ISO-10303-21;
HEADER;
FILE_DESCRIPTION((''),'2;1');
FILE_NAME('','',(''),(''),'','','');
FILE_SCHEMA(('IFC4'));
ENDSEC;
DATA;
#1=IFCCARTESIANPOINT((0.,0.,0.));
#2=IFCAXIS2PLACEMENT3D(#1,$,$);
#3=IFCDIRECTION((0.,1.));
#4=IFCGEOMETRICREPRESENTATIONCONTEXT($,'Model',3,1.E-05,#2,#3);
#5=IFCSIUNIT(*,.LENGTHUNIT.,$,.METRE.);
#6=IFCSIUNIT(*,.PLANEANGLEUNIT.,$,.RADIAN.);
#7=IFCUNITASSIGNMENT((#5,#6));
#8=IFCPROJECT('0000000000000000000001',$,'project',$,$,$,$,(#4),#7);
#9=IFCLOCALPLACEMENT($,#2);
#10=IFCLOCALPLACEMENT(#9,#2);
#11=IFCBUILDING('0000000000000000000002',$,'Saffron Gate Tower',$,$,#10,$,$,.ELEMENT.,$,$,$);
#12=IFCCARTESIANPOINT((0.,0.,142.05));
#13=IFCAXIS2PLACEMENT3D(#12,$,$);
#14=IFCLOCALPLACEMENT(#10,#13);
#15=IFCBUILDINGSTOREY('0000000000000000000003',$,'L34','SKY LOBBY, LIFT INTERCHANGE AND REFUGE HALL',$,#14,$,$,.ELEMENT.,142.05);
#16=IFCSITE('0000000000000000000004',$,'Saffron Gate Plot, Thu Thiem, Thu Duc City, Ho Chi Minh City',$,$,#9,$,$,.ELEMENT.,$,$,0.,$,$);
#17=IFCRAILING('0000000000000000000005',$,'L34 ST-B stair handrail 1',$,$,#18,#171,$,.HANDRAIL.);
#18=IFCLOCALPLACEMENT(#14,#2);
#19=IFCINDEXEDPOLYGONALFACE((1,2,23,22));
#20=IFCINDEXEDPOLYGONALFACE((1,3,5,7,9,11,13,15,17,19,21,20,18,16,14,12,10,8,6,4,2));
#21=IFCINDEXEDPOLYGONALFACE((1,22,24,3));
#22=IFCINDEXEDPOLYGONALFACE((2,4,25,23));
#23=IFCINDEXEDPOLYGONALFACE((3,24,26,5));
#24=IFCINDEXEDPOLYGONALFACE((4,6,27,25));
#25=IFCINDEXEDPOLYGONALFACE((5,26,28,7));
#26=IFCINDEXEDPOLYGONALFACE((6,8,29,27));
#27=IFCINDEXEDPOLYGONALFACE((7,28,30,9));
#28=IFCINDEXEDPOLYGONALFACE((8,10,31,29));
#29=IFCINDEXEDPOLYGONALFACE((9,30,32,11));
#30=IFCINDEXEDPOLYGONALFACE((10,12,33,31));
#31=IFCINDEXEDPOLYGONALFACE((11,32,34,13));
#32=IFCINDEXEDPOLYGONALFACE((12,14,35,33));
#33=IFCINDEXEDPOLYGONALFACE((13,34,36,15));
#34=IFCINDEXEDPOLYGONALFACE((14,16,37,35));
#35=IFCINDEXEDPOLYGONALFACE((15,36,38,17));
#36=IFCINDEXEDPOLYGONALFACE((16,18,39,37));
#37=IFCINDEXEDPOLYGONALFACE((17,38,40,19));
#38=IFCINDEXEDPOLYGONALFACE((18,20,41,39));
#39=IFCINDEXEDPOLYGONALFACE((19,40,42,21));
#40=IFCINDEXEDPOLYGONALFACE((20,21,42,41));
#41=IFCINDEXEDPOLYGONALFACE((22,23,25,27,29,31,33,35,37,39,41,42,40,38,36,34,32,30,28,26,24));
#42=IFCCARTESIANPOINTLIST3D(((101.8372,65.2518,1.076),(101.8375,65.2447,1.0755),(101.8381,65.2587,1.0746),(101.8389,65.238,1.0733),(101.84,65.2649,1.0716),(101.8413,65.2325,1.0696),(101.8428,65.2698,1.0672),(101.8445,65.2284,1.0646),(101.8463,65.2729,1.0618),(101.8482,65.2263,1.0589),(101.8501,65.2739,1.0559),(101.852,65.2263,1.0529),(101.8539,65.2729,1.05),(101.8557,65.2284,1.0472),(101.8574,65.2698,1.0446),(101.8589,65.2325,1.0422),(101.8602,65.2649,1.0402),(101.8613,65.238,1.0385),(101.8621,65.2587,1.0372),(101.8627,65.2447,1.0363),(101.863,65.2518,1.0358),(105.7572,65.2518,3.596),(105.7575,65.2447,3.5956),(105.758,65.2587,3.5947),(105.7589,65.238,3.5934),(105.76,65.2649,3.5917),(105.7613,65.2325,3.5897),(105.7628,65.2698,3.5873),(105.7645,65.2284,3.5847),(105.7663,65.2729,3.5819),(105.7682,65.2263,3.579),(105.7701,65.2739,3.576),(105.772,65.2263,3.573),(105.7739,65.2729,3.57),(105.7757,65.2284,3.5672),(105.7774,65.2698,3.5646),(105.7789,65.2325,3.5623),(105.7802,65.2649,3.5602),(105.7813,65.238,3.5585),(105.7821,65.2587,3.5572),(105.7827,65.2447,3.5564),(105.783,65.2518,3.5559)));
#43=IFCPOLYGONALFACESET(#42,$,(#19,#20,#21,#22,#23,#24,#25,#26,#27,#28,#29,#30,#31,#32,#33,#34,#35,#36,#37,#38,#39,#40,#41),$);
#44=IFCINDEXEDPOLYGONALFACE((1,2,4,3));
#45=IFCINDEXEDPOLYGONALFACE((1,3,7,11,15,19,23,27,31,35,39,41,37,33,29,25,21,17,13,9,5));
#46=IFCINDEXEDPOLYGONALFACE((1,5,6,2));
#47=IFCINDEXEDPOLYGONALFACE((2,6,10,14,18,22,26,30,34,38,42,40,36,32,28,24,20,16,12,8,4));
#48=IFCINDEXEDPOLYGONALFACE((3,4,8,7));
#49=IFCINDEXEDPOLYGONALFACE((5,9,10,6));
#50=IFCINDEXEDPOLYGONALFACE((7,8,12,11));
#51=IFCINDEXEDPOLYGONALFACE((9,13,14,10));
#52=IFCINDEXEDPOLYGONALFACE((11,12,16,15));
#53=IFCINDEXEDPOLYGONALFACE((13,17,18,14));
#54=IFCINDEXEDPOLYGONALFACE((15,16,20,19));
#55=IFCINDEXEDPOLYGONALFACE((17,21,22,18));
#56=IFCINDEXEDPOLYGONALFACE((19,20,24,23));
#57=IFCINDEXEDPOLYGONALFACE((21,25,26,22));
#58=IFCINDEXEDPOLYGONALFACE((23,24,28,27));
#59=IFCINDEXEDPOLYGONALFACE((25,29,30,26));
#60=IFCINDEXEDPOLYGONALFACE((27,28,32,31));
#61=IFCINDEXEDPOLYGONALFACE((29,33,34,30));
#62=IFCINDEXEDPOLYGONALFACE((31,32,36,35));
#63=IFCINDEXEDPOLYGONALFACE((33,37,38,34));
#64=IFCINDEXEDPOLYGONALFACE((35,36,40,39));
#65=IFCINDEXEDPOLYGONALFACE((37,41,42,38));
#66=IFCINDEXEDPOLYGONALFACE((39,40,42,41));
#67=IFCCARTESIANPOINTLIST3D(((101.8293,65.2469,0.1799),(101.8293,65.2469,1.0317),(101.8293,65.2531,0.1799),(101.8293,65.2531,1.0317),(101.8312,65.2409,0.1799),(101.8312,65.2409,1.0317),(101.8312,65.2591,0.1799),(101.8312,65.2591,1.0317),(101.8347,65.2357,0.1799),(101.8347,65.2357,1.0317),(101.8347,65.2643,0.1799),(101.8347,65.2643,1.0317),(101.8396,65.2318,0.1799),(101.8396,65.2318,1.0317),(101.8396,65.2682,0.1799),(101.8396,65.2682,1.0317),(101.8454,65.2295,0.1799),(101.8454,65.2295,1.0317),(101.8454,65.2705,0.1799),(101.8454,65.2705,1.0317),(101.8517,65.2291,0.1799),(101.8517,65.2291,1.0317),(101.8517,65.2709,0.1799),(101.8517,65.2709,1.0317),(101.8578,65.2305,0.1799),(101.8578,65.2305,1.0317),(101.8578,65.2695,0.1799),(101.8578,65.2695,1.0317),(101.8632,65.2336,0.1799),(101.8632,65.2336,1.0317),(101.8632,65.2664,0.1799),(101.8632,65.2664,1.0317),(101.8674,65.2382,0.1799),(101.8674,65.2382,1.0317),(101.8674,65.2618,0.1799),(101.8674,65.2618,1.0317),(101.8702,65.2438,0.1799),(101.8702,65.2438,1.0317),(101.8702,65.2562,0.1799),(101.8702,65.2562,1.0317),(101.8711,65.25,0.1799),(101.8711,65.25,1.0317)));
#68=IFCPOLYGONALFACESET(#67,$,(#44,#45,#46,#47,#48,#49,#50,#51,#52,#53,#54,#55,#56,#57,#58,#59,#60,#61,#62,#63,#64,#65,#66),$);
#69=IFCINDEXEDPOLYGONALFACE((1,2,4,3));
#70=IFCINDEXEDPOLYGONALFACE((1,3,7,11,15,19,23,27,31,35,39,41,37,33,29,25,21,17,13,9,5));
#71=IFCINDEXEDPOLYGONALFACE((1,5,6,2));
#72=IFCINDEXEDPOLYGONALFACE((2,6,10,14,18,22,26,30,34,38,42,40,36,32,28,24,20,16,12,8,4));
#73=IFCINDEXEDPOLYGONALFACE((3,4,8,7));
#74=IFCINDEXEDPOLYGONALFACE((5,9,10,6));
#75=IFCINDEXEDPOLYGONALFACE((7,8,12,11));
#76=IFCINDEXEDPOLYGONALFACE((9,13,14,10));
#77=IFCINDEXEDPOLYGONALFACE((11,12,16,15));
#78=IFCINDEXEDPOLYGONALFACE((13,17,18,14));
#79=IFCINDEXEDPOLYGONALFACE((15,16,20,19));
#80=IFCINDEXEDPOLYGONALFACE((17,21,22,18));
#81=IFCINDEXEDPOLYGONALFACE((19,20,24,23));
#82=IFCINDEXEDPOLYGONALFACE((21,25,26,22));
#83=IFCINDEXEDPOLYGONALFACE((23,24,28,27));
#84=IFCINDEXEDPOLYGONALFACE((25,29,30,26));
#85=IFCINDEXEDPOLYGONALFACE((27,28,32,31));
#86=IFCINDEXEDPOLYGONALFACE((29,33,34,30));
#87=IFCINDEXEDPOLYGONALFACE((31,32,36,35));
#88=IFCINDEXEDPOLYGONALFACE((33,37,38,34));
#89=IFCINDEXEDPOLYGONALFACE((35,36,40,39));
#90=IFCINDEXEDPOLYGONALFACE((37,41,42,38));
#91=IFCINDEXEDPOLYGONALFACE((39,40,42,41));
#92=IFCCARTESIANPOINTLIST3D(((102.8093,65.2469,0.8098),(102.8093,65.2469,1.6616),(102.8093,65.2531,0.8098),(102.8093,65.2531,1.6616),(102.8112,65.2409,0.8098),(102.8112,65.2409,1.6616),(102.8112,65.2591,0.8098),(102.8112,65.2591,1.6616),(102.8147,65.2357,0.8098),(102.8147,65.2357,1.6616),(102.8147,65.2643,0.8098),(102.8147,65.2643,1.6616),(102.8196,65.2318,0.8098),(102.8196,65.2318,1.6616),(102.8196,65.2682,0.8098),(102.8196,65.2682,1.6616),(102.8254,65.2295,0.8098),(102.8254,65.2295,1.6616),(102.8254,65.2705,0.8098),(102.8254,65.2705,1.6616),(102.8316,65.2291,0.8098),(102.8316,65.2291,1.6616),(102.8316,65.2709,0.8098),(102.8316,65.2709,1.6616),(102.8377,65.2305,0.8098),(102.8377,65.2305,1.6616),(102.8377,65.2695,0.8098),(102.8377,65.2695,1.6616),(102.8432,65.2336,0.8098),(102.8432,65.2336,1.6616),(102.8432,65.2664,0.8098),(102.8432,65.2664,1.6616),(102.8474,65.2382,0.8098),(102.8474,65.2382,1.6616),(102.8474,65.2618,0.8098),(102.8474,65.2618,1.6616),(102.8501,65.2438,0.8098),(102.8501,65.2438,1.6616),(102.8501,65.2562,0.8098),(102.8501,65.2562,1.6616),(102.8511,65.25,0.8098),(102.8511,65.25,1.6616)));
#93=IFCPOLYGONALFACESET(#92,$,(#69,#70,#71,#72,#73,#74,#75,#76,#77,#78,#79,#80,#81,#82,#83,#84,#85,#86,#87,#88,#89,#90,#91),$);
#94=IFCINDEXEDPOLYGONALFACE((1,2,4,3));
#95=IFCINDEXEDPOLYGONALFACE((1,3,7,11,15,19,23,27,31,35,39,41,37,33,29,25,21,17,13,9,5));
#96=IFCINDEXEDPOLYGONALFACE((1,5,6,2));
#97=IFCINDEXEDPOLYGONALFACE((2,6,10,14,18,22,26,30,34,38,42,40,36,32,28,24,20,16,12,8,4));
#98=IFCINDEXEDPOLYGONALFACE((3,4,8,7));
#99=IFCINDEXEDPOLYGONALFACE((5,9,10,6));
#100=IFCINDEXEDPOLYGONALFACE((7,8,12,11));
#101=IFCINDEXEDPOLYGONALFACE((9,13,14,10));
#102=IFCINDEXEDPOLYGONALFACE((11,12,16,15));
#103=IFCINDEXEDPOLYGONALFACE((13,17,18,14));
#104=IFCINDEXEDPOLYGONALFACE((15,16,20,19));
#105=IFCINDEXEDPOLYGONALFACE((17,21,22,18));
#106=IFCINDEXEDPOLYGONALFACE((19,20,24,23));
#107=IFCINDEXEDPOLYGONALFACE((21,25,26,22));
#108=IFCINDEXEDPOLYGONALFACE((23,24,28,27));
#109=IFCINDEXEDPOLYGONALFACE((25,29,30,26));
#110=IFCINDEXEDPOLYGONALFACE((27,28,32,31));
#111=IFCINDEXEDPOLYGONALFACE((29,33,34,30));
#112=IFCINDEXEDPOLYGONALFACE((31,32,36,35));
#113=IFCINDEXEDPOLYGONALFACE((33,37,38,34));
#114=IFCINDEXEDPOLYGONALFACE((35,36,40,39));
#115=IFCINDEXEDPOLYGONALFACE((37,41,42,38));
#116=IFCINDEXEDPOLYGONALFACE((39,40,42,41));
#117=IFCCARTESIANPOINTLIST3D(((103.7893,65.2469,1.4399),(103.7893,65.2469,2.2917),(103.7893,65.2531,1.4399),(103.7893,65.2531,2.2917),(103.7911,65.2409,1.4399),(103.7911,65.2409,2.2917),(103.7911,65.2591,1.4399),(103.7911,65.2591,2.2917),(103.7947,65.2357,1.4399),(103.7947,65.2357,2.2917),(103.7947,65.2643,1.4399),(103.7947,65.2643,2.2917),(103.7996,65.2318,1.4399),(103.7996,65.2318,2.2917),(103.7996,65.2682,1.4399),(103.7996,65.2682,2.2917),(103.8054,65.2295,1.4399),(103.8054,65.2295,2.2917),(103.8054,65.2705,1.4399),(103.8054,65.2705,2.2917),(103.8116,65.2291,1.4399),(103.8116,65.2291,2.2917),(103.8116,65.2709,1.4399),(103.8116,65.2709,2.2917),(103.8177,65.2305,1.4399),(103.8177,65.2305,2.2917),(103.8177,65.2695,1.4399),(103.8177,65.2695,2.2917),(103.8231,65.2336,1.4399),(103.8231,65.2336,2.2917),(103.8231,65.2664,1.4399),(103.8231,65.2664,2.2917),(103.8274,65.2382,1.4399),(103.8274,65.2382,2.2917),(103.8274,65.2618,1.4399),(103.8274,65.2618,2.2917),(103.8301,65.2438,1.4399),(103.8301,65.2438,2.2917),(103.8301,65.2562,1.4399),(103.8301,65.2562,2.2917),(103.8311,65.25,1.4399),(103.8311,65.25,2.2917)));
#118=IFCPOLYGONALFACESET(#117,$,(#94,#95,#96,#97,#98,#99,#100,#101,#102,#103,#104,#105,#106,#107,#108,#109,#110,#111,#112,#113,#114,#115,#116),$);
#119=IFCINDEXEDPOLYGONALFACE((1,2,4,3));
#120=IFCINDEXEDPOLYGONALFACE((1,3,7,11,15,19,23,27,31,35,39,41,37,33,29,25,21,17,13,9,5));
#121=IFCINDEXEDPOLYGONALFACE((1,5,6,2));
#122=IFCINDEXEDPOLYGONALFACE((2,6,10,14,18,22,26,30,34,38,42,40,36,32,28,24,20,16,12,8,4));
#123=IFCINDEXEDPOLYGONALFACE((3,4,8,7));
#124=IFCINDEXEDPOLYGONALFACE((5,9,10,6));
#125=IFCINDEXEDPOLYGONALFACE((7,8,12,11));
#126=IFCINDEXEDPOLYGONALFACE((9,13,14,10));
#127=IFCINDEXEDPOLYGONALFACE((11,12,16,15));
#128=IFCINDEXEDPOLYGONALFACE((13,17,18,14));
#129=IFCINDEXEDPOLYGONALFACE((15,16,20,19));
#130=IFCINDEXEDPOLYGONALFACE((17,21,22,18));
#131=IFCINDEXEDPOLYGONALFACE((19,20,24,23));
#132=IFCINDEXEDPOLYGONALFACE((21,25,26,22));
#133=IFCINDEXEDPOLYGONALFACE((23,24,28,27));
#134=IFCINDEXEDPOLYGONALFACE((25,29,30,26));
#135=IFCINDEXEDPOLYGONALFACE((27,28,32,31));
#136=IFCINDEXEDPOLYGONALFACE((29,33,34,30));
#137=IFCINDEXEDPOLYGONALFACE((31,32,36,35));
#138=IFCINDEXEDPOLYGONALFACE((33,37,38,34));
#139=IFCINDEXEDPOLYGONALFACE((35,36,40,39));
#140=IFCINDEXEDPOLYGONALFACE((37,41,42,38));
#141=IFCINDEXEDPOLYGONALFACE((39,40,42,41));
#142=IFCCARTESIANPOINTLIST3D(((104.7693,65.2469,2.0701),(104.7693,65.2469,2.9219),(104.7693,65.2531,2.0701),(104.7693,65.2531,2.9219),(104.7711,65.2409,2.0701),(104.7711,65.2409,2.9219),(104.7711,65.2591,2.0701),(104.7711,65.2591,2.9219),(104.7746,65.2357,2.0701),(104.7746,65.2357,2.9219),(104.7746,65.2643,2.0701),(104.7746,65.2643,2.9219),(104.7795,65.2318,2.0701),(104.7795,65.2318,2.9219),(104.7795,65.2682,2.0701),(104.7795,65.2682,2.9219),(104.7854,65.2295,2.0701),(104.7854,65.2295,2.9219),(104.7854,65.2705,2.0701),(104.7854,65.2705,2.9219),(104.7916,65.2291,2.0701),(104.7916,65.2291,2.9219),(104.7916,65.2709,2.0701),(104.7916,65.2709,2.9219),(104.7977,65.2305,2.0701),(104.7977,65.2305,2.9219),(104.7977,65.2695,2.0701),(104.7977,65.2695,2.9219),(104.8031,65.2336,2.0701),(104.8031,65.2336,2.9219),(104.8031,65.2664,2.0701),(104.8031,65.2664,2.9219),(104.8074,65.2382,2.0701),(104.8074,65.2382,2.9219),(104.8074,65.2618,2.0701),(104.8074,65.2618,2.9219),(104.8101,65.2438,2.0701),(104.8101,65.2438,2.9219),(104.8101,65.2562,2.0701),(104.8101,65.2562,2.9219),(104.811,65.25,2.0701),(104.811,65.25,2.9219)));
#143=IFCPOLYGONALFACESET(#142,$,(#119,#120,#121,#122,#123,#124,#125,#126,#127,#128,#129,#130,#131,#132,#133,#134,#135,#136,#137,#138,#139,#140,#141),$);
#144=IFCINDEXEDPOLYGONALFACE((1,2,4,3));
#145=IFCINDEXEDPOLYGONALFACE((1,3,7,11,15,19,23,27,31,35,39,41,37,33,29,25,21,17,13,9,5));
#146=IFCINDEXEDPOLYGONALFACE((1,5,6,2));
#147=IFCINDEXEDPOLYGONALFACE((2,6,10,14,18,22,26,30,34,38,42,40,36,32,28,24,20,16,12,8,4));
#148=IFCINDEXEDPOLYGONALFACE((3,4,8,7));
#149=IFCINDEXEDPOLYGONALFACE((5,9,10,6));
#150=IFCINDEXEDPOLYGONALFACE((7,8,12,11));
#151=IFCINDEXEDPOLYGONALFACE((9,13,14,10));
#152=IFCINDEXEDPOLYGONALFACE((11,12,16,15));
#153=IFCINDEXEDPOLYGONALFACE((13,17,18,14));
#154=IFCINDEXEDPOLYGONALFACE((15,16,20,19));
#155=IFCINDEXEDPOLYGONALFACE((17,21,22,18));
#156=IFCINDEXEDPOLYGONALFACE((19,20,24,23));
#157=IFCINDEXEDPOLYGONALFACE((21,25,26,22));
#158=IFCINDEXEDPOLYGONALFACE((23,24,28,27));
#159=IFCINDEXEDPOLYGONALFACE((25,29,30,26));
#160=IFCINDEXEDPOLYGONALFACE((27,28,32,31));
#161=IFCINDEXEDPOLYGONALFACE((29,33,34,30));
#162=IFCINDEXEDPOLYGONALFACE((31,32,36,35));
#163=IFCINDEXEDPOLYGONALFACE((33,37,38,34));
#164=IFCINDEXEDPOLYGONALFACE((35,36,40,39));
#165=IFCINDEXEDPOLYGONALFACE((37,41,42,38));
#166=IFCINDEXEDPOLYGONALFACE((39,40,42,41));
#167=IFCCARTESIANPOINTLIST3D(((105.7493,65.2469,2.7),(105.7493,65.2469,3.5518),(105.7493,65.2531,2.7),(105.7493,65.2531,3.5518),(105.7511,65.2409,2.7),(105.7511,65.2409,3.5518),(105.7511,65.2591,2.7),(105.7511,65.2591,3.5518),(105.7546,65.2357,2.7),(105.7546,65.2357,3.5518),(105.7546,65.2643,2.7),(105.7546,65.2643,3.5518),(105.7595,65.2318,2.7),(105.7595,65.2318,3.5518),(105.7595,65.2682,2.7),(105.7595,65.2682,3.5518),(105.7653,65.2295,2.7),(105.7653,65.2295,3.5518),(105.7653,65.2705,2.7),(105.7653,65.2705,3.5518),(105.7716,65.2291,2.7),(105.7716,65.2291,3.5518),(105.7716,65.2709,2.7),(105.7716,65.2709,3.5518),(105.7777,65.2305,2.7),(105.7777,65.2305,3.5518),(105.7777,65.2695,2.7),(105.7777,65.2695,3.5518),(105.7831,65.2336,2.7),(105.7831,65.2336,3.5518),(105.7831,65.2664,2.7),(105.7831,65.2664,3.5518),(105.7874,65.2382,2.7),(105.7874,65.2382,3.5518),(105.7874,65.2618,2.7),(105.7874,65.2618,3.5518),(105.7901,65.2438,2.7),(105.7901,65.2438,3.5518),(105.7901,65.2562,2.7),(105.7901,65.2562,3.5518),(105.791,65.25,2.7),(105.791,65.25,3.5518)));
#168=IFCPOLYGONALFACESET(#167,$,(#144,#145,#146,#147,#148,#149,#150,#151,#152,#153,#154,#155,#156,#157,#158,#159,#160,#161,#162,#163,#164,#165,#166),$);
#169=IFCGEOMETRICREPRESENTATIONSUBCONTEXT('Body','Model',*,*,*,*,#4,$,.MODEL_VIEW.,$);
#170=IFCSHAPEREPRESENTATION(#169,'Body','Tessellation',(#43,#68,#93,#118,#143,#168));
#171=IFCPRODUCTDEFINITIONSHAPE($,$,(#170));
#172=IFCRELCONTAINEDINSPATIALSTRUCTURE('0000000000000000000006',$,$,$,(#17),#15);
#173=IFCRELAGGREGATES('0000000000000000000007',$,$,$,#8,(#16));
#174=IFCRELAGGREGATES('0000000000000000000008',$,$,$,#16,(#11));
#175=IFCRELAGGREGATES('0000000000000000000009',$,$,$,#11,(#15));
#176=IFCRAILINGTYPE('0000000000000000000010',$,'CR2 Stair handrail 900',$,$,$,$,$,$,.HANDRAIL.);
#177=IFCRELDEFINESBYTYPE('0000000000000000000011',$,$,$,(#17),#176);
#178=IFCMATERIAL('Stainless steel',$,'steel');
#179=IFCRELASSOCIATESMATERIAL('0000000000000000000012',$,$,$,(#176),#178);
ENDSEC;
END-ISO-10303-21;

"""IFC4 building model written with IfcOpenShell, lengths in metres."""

from ifc_helpers import new_model, si_unit, direction, frame, origin, origin_2d, place, context, subcontext, project, spatial, circle, extrude, material, type_object, element, save


model = new_model("IFC4")

# Units and contexts
model_context = context("Model", 3, precision=1e-05, world=origin(), true_north=direction((0.0, 1.0)))
body_context = subcontext(model_context, "Body", "Model", "MODEL_VIEW")
ifc_project = project(units=[si_unit("LENGTHUNIT", "METRE"), si_unit("PLANEANGLEUNIT", "RADIAN")], contexts=[model_context])

# Site, building, storey
site_placement = place(None, origin())
site = spatial("IfcSite", under=ifc_project, at=site_placement, Name="Saffron Gate Plot, Thu Thiem, Thu Duc City, Ho Chi Minh City", CompositionType="ELEMENT", RefElevation=0.0)
building_placement = place(site_placement, origin())
building = spatial("IfcBuilding", under=site, at=building_placement, Name="Saffron Gate Tower", CompositionType="ELEMENT")
storey_placement = place(building_placement, frame((0.0, 0.0, 142.05)))
storey = spatial("IfcBuildingStorey", under=building, at=storey_placement, Name="L34", Description="SKY LOBBY, LIFT INTERCHANGE AND REFUGE HALL", CompositionType="ELEMENT", Elevation=142.05)

# Railing
ifc_material_1 = material(Name="Stainless steel", Category="steel")
railing_type_1 = type_object("IfcRailingType", Name="CR2 Stair handrail 900", PredefinedType="HANDRAIL", material=ifc_material_1)
railing_1_placement = place(storey_placement, frame((101.8501, 65.25, 0.1799)))
element("IfcRailing", 1, at=railing_1_placement, inside=storey, type_object=railing_type_1, Name="L34 ST-B stair handrail 1", PredefinedType="HANDRAIL", context=body_context, shape_type="SweptSolid", body=[
    extrude(circle(Radius=0.0239, at=origin_2d()), frame((0.0, 0.0, 0.876), z_axis=(0.841172, 0.0, 0.540768), x_axis=(0.0, 1.0, 0.0)), (0.0, 0.0, 1.0), 4.6602),
    extrude(circle(Radius=0.021, at=origin_2d()), origin(), (0.0, 0.0, 1.0), 0.8518),
    extrude(circle(Radius=0.021, at=origin_2d()), frame((0.98, 0.0, 0.6299)), (0.0, 0.0, 1.0), 0.8518),
    extrude(circle(Radius=0.021, at=origin_2d()), frame((1.96, 0.0, 1.26)), (0.0, 0.0, 1.0), 0.8518),
    extrude(circle(Radius=0.021, at=origin_2d()), frame((2.9399, 0.0, 1.8901)), (0.0, 0.0, 1.0), 0.8518),
    extrude(circle(Radius=0.021, at=origin_2d()), frame((3.9199, 0.0, 2.52)), (0.0, 0.0, 1.0), 0.8518),
])

save(model, "model.ifc")
